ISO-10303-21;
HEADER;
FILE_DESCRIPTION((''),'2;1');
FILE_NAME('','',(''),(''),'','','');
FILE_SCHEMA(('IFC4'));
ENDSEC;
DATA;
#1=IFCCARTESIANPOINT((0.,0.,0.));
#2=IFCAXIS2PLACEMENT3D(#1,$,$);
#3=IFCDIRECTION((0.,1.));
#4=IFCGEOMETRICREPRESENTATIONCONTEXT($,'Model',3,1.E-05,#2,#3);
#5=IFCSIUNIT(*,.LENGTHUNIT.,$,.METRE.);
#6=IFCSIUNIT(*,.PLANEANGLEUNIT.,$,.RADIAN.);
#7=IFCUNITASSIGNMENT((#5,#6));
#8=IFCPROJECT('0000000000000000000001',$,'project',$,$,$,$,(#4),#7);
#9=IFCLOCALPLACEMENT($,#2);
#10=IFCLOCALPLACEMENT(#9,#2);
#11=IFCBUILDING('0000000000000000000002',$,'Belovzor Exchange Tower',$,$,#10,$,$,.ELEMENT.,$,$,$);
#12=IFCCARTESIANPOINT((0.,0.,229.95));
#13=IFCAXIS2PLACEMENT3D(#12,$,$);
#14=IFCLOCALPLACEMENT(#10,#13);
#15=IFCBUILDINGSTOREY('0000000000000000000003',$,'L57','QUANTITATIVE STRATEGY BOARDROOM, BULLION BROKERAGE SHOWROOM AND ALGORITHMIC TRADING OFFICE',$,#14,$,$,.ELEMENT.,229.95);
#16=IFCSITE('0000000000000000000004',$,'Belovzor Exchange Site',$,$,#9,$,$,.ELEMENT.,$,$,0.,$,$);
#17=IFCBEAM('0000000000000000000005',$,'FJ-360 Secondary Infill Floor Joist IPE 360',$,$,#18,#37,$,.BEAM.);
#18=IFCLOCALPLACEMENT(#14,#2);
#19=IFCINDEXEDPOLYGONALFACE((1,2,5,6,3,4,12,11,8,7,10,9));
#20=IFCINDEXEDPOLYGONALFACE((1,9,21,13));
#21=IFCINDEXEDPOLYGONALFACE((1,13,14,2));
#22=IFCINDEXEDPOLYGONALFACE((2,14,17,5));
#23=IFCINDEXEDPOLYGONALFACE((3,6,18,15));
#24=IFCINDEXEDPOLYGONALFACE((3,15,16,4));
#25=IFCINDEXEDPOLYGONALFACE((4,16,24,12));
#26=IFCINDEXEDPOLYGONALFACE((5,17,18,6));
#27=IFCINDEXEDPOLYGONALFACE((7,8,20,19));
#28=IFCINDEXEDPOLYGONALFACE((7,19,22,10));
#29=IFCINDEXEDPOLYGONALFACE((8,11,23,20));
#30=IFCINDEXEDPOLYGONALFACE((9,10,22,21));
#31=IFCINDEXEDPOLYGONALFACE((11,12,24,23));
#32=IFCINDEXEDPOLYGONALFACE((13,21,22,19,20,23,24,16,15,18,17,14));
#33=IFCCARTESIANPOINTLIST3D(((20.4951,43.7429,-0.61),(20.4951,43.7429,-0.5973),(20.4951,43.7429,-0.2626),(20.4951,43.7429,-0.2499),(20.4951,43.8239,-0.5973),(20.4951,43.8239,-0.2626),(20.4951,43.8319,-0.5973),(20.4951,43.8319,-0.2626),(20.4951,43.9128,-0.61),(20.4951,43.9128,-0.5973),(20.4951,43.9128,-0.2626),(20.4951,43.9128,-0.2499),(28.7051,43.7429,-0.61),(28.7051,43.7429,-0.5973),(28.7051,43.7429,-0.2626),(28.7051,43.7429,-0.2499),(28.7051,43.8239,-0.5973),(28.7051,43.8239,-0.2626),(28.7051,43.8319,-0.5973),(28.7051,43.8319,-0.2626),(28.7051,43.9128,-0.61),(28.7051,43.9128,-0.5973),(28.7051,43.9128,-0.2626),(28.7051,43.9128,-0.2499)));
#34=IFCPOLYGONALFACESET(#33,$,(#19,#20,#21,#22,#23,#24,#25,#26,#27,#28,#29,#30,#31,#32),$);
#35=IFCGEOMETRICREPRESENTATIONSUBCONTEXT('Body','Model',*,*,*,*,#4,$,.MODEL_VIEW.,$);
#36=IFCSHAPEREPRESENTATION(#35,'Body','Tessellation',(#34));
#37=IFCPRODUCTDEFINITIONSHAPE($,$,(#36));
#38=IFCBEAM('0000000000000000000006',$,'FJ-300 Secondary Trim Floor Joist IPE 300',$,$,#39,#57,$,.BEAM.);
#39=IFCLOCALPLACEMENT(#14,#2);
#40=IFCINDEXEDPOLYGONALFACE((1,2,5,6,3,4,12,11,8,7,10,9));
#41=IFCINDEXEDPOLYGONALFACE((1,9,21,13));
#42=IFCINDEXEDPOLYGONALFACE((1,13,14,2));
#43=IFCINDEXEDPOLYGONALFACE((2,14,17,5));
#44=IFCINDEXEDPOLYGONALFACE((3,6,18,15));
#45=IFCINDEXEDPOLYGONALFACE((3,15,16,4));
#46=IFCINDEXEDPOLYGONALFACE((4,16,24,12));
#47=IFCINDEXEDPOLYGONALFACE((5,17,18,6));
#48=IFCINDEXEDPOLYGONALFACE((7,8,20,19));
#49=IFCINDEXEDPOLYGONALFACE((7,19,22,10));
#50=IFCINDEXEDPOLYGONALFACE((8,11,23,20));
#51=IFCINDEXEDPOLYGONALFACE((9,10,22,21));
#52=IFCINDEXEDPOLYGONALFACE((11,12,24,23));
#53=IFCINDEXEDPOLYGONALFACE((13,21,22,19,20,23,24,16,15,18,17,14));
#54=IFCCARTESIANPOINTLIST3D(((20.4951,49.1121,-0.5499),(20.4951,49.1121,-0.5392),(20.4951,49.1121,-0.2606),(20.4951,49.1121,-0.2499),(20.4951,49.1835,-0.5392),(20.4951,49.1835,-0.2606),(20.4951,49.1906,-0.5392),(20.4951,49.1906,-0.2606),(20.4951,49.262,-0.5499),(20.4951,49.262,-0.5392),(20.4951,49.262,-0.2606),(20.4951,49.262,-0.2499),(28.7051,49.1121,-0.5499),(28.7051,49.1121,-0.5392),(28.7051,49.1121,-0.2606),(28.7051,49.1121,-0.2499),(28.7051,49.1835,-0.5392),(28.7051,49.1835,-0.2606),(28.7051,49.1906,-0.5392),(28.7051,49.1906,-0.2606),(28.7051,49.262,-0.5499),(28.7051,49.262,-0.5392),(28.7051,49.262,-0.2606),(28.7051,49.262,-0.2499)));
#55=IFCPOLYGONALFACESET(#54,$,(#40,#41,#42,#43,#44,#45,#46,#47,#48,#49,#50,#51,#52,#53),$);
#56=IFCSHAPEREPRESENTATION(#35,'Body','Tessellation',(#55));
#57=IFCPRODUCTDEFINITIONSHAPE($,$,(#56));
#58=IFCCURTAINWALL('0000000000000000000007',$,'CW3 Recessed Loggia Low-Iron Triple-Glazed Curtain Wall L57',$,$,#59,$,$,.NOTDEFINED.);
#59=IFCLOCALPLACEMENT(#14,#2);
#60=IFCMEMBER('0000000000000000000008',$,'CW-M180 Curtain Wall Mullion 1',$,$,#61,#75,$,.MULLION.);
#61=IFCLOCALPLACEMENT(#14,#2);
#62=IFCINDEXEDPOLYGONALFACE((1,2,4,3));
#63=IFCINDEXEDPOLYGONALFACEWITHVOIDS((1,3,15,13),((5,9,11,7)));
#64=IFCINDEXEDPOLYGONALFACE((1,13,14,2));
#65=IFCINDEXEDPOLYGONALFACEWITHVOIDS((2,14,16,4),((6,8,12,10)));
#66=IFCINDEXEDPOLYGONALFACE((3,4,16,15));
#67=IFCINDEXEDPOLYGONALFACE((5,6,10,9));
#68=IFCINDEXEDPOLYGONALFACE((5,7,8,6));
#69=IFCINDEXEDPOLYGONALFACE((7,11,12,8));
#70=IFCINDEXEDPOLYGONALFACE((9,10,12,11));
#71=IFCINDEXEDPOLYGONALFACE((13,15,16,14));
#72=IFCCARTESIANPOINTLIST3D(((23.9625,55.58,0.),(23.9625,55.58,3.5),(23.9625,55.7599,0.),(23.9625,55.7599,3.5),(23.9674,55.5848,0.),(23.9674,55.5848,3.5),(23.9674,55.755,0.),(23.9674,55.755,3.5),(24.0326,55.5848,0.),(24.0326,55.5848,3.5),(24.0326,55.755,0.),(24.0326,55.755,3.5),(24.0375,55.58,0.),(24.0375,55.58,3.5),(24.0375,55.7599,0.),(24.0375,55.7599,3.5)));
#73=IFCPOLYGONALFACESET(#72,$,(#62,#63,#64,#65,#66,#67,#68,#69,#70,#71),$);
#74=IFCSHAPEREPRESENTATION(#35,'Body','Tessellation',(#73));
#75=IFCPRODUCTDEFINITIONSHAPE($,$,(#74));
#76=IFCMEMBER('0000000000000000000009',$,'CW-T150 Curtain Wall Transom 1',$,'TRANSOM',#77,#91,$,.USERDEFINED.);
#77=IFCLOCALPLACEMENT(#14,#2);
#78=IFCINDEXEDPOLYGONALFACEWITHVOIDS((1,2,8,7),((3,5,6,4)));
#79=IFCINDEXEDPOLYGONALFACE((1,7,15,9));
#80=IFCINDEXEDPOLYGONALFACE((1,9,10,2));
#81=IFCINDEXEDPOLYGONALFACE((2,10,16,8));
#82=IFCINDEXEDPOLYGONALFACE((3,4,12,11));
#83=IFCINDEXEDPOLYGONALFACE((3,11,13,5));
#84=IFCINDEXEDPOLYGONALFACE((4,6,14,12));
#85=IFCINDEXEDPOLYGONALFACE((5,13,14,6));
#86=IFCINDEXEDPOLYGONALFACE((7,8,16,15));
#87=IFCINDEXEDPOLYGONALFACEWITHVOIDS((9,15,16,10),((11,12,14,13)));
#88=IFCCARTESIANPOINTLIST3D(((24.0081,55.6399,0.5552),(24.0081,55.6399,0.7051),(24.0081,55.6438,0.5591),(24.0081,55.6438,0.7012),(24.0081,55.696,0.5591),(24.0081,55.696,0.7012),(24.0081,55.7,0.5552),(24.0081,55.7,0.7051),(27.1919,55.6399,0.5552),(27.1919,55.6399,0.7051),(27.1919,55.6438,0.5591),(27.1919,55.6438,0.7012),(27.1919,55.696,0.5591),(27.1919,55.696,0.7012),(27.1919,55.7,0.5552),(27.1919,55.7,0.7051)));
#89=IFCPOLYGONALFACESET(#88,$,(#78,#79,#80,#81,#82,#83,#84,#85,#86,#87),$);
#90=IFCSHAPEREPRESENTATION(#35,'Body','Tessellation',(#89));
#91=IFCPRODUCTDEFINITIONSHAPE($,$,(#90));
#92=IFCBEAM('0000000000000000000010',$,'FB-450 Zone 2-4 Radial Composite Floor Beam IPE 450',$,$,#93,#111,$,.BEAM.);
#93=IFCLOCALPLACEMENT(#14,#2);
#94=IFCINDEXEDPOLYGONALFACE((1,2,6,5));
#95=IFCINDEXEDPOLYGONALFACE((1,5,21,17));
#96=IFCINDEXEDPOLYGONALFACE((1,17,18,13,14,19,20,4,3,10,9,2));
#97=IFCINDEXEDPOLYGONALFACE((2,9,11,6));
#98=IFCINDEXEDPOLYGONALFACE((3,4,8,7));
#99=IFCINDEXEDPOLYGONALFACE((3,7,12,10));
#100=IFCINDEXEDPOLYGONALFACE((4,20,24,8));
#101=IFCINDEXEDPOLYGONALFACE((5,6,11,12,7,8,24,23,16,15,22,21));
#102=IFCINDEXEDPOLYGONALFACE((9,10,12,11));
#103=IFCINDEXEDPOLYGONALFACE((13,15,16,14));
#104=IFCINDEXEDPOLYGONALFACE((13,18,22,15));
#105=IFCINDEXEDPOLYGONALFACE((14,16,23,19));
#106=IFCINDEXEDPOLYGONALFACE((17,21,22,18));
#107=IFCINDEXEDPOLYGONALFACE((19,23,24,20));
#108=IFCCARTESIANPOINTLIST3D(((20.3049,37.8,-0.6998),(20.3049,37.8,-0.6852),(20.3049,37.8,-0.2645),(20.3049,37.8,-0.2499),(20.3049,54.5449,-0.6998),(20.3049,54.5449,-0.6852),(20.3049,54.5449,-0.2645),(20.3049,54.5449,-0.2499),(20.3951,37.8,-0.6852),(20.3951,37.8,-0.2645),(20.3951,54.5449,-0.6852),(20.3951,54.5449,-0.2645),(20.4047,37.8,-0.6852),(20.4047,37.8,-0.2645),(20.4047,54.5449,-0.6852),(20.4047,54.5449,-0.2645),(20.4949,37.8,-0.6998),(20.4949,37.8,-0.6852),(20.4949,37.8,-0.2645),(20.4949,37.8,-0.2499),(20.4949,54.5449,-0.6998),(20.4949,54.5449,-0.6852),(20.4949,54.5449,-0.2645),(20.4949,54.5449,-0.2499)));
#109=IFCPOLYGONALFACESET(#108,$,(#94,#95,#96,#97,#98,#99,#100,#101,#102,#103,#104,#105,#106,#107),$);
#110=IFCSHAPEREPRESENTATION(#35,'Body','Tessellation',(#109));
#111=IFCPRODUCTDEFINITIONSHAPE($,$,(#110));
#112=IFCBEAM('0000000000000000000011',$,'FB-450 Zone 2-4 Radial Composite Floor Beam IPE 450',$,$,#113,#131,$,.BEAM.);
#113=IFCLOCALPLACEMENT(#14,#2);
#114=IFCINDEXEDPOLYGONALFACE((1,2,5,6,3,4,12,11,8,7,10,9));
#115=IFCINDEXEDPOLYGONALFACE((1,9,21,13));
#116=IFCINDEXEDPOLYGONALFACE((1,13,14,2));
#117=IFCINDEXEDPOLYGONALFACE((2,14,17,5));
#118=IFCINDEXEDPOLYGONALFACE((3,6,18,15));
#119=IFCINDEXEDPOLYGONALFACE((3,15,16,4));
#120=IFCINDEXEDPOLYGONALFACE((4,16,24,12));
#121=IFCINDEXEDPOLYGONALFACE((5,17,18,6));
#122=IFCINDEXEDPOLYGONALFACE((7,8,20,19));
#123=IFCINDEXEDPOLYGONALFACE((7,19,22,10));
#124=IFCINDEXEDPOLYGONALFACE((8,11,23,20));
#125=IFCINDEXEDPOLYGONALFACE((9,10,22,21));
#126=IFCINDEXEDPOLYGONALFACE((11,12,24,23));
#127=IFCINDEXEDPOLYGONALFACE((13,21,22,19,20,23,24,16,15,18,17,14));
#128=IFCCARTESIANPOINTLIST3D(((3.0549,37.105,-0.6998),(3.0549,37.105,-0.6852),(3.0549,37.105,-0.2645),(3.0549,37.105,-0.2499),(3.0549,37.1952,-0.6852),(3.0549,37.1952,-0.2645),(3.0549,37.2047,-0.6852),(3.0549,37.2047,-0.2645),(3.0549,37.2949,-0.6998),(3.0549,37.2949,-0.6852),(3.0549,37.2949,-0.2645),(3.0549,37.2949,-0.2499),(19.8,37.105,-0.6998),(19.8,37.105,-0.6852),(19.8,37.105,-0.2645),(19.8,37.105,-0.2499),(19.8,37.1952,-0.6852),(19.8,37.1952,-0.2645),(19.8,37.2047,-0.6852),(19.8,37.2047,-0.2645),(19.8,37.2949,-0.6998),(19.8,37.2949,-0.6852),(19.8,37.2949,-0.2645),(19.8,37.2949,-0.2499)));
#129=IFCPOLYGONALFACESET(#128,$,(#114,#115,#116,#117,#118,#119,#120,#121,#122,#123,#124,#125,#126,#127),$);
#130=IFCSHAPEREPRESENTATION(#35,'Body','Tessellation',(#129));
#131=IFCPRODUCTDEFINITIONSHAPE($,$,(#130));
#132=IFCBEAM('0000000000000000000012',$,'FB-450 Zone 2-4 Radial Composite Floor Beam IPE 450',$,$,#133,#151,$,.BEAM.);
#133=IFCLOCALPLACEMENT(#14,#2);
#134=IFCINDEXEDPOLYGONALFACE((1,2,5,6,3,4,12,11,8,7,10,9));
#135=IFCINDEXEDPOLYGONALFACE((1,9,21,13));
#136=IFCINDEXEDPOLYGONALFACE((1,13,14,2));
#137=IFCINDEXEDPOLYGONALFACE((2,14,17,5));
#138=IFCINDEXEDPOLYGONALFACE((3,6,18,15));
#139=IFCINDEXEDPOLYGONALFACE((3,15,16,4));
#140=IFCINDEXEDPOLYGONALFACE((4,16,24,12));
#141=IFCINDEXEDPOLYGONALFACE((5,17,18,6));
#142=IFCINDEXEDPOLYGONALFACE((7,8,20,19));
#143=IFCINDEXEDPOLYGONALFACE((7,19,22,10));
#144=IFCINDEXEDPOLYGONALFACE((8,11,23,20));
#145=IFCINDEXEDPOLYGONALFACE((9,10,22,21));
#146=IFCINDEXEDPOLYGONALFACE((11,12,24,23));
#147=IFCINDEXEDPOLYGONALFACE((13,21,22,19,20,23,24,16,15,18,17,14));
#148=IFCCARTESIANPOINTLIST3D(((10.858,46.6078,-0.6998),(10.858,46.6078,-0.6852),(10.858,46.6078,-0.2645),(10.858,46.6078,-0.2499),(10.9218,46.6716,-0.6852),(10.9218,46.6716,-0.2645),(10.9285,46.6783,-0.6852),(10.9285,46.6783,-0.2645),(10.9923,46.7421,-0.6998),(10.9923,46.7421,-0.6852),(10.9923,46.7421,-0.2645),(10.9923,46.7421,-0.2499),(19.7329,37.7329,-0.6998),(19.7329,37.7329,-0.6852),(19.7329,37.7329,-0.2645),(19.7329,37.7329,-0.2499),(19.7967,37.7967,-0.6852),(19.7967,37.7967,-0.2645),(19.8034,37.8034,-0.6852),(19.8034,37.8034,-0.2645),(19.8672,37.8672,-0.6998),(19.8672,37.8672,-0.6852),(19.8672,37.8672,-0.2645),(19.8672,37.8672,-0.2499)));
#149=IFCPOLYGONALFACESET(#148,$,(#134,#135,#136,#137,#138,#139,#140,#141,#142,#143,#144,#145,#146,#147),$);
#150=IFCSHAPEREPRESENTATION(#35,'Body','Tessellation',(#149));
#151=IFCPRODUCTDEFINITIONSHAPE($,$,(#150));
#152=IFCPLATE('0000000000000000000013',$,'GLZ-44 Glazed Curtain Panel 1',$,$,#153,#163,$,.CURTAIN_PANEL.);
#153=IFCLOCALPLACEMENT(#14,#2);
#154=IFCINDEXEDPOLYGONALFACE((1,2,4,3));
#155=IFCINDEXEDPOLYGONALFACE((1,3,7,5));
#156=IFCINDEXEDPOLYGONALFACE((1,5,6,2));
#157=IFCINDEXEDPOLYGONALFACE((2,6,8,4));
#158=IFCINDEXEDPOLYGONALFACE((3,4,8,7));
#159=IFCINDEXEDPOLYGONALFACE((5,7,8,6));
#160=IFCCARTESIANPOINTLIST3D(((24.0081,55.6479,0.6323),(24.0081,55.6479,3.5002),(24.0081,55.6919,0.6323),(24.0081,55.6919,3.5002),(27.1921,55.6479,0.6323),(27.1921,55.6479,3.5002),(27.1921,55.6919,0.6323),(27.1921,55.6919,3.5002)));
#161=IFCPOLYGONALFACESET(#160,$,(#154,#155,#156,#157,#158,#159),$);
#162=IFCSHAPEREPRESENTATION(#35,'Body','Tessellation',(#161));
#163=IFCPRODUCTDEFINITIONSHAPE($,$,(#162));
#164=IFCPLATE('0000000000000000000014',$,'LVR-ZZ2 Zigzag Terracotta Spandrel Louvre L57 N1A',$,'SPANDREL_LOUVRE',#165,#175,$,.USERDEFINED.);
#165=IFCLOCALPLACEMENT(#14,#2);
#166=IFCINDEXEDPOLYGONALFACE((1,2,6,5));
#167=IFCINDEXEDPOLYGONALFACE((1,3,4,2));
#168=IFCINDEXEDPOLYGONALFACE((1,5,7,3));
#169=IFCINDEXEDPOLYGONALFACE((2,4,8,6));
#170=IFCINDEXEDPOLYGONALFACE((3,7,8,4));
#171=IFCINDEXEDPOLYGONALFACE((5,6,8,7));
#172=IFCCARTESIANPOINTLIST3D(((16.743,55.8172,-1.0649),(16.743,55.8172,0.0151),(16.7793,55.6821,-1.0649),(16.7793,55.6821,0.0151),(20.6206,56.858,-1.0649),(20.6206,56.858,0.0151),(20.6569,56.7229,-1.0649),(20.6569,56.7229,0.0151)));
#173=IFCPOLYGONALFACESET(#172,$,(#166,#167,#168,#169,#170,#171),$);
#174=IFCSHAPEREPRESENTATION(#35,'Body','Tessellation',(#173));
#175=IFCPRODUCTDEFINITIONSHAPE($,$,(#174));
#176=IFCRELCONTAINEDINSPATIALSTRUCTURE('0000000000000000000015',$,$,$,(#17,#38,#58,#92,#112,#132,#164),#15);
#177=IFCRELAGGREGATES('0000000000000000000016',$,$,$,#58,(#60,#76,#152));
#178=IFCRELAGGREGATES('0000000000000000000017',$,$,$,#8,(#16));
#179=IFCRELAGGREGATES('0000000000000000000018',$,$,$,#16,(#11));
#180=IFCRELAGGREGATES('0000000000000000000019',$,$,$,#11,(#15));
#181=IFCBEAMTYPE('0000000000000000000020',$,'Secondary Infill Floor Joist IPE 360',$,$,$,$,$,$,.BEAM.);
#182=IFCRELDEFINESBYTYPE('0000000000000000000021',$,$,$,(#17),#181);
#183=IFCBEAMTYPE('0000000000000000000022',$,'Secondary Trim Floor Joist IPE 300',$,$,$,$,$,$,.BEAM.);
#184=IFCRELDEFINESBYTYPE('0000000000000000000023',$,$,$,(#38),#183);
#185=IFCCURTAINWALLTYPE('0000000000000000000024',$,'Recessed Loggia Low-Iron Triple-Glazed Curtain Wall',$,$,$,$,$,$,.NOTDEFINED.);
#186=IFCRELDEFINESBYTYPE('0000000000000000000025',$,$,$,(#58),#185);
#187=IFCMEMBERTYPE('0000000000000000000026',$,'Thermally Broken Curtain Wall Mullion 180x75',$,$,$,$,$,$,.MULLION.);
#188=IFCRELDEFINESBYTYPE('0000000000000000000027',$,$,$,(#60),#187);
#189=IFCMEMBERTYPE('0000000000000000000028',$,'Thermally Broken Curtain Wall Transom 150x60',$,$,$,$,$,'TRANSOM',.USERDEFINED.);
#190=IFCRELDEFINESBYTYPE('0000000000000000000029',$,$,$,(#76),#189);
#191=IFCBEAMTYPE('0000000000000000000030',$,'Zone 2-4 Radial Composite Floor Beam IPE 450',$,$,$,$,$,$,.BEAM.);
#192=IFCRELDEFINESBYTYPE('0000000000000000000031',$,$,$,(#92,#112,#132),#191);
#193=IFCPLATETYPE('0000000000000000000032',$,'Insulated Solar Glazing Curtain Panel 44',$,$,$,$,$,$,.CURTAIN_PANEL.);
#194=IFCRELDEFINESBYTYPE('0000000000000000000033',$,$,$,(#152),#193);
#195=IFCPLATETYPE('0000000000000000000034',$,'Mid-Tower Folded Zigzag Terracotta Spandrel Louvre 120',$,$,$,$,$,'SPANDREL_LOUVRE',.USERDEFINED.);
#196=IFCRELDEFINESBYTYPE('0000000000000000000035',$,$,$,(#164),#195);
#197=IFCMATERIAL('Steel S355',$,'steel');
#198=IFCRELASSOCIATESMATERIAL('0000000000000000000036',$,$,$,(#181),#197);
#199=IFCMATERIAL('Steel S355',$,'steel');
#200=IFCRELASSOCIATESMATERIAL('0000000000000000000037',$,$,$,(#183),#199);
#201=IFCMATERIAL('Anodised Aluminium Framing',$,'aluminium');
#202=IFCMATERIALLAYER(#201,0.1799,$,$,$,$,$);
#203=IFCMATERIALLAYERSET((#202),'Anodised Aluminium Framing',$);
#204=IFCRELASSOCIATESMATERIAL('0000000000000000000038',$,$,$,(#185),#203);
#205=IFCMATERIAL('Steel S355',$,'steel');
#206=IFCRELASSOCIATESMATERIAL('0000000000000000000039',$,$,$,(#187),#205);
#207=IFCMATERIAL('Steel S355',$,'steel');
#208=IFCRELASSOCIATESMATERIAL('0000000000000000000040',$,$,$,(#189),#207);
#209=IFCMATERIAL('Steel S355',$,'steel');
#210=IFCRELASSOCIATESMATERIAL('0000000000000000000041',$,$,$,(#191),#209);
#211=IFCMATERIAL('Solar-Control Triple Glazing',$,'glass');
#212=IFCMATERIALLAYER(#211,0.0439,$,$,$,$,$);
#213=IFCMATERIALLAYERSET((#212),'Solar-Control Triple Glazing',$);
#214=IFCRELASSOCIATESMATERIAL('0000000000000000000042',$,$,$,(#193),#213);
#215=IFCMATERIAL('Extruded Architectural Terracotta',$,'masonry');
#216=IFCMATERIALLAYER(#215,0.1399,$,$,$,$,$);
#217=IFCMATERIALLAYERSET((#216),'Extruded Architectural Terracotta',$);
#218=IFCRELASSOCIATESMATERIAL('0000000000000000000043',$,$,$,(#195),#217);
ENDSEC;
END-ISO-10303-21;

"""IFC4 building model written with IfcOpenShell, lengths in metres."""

from ifc_helpers import new_model, si_unit, direction, frame, origin, origin_2d, place, context, subcontext, project, spatial, rectangle, hollow_rectangle, i_section, extrude, material, layer, layer_set, material_profile, profile_set, type_object, element, aggregate, save


model = new_model("IFC4")

# Units and contexts
model_context = context("Model", 3, precision=1e-05, world=origin(), true_north=direction((0.0, 1.0)))
body_context = subcontext(model_context, "Body", "Model", "MODEL_VIEW")
ifc_project = project(units=[si_unit("LENGTHUNIT", "METRE"), si_unit("PLANEANGLEUNIT", "RADIAN")], contexts=[model_context])

# Site, building, storey
site_placement = place(None, origin())
site = spatial("IfcSite", under=ifc_project, at=site_placement, Name="Belovzor Exchange Site", CompositionType="ELEMENT", RefElevation=0.0)
building_placement = place(site_placement, origin())
building = spatial("IfcBuilding", under=site, at=building_placement, Name="Belovzor Exchange Tower", CompositionType="ELEMENT")
storey_placement = place(building_placement, frame((0.0, 0.0, 229.95)))
storey = spatial("IfcBuildingStorey", under=building, at=storey_placement, Name="L57", Description="QUANTITATIVE STRATEGY BOARDROOM, BULLION BROKERAGE SHOWROOM AND ALGORITHMIC TRADING OFFICE", CompositionType="ELEMENT", Elevation=229.95)

# Beams
ifc_material_1 = material(Name="Steel S355", Category="steel")
ifc_material_profile_1 = material_profile(ifc_material_1, i_section(OverallWidth=0.1699, OverallDepth=0.3601, WebThickness=0.0081, FlangeThickness=0.0127, at=origin_2d()))
ifc_profile_set_1 = profile_set([ifc_material_profile_1], Name="Steel S355")
beam_type_1 = type_object("IfcBeamType", Name="Secondary Infill Floor Joist IPE 360", PredefinedType="BEAM", material=ifc_profile_set_1)
beam_1_placement = place(storey_placement, frame((20.4951, 43.8279, -0.4299), z_axis=(1.0, 0.0, 0.0), x_axis=(0.0, 1.0, 0.0)))
element("IfcBeam", 1, at=beam_1_placement, inside=storey, type_object=beam_type_1, Name="FJ-360 Secondary Infill Floor Joist IPE 360", PredefinedType="BEAM", context=body_context, shape_type="SweptSolid", body=[
    extrude(i_section(OverallWidth=0.1699, OverallDepth=0.3601, WebThickness=0.0081, FlangeThickness=0.0127, at=origin_2d()), origin(), (0.0, 0.0, 1.0), 8.21),
])
ifc_material_2 = material(Name="Steel S355", Category="steel")
ifc_material_profile_2 = material_profile(ifc_material_2, i_section(OverallWidth=0.1499, OverallDepth=0.3, WebThickness=0.0071, FlangeThickness=0.0107, at=origin_2d()))
ifc_profile_set_2 = profile_set([ifc_material_profile_2], Name="Steel S355")
beam_type_2 = type_object("IfcBeamType", Name="Secondary Trim Floor Joist IPE 300", PredefinedType="BEAM", material=ifc_profile_set_2)
beam_2_placement = place(storey_placement, frame((20.4951, 49.187, -0.3999), z_axis=(1.0, 0.0, 0.0), x_axis=(0.0, 1.0, 0.0)))
element("IfcBeam", 2, at=beam_2_placement, inside=storey, type_object=beam_type_2, Name="FJ-300 Secondary Trim Floor Joist IPE 300", PredefinedType="BEAM", context=body_context, shape_type="SweptSolid", body=[
    extrude(i_section(OverallWidth=0.1499, OverallDepth=0.3, WebThickness=0.0071, FlangeThickness=0.0107, at=origin_2d()), origin(), (0.0, 0.0, 1.0), 8.21),
])

# Curtain wall, members
ifc_material_3 = material(Name="Anodised Aluminium Framing", Category="aluminium")
ifc_layer_1 = layer(ifc_material_3, 0.1799)
ifc_layer_set_1 = layer_set([ifc_layer_1], Name="Anodised Aluminium Framing")
curtain_wall_type = type_object("IfcCurtainWallType", Name="Recessed Loggia Low-Iron Triple-Glazed Curtain Wall", PredefinedType="NOTDEFINED", material=ifc_layer_set_1)
curtain_wall_placement = place(storey_placement, origin())
curtain_wall = element("IfcCurtainWall", 3, at=curtain_wall_placement, inside=storey, type_object=curtain_wall_type, Name="CW3 Recessed Loggia Low-Iron Triple-Glazed Curtain Wall L57", PredefinedType="NOTDEFINED")
ifc_material_4 = material(Name="Steel S355", Category="steel")
ifc_material_profile_3 = material_profile(ifc_material_4, hollow_rectangle(XDim=0.075, YDim=0.1799, WallThickness=0.0049, at=origin_2d()))
ifc_profile_set_3 = profile_set([ifc_material_profile_3], Name="Steel S355")
member_type_1 = type_object("IfcMemberType", Name="Thermally Broken Curtain Wall Mullion 180x75", PredefinedType="MULLION", material=ifc_profile_set_3)
member_1_placement = place(storey_placement, frame((24.0, 55.6699, 0.0), z_axis=(0.0, 0.0, 1.0), x_axis=(1.0, 0.0, 0.0)))
member_1 = element("IfcMember", 4, at=member_1_placement, type_object=member_type_1, Name="CW-M180 Curtain Wall Mullion 1", PredefinedType="MULLION", context=body_context, shape_type="SweptSolid", body=[
    extrude(hollow_rectangle(XDim=0.075, YDim=0.1799, WallThickness=0.0049, at=origin_2d()), origin(), (0.0, 0.0, 1.0), 3.5),
])
ifc_material_5 = material(Name="Steel S355", Category="steel")
ifc_material_profile_4 = material_profile(ifc_material_5, hollow_rectangle(XDim=0.0601, YDim=0.1499, WallThickness=0.0039, at=origin_2d()))
ifc_profile_set_4 = profile_set([ifc_material_profile_4], Name="Steel S355")
member_type_2 = type_object("IfcMemberType", Name="Thermally Broken Curtain Wall Transom 150x60", ElementType="TRANSOM", PredefinedType="USERDEFINED", material=ifc_profile_set_4)
member_2_placement = place(storey_placement, frame((24.0081, 55.6699, 0.6301), z_axis=(1.0, 0.0, 0.0), x_axis=(0.0, 1.0, 0.0)))
member_2 = element("IfcMember", 5, at=member_2_placement, type_object=member_type_2, Name="CW-T150 Curtain Wall Transom 1", ObjectType="TRANSOM", PredefinedType="USERDEFINED", context=body_context, shape_type="SweptSolid", body=[
    extrude(hollow_rectangle(XDim=0.0601, YDim=0.1499, WallThickness=0.0039, at=origin_2d()), origin(), (0.0, 0.0, 1.0), 3.1838),
])

# Beams
ifc_material_6 = material(Name="Steel S355", Category="steel")
ifc_material_profile_5 = material_profile(ifc_material_6, i_section(OverallWidth=0.1899, OverallDepth=0.45, WebThickness=0.0095, FlangeThickness=0.0146, at=origin_2d()))
ifc_profile_set_5 = profile_set([ifc_material_profile_5], Name="Steel S355")
beam_type_3 = type_object("IfcBeamType", Name="Zone 2-4 Radial Composite Floor Beam IPE 450", PredefinedType="BEAM", material=ifc_profile_set_5)
beam_3_placement = place(storey_placement, frame((20.3999, 37.8, -0.4749), z_axis=(0.0, 1.0, 0.0), x_axis=(-1.0, 0.0, 0.0)))
element("IfcBeam", 6, at=beam_3_placement, inside=storey, type_object=beam_type_3, Name="FB-450 Zone 2-4 Radial Composite Floor Beam IPE 450", PredefinedType="BEAM", context=body_context, shape_type="SweptSolid", body=[
    extrude(i_section(OverallWidth=0.1899, OverallDepth=0.45, WebThickness=0.0095, FlangeThickness=0.0146, at=origin_2d()), origin(), (0.0, 0.0, 1.0), 16.7449),
])
beam_4_placement = place(storey_placement, frame((19.8, 37.2, -0.4749), z_axis=(-1.0, 0.0, 0.0), x_axis=(0.0, -1.0, 0.0)))
element("IfcBeam", 7, at=beam_4_placement, inside=storey, type_object=beam_type_3, Name="FB-450 Zone 2-4 Radial Composite Floor Beam IPE 450", PredefinedType="BEAM", context=body_context, shape_type="SweptSolid", body=[
    extrude(i_section(OverallWidth=0.1899, OverallDepth=0.45, WebThickness=0.0095, FlangeThickness=0.0146, at=origin_2d()), origin(), (0.0, 0.0, 1.0), 16.7451),
])
beam_5_placement = place(storey_placement, frame((19.8, 37.8, -0.4749), z_axis=(-0.707107, 0.707107, 0.0), x_axis=(-0.707107, -0.707107, 0.0)))
element("IfcBeam", 8, at=beam_5_placement, inside=storey, type_object=beam_type_3, Name="FB-450 Zone 2-4 Radial Composite Floor Beam IPE 450", PredefinedType="BEAM", context=body_context, shape_type="SweptSolid", body=[
    extrude(i_section(OverallWidth=0.1899, OverallDepth=0.45, WebThickness=0.0095, FlangeThickness=0.0146, at=origin_2d()), origin(), (0.0, 0.0, 1.0), 12.551),
])

# Plate
ifc_material_7 = material(Name="Solar-Control Triple Glazing", Category="glass")
ifc_layer_2 = layer(ifc_material_7, 0.0439)
ifc_layer_set_2 = layer_set([ifc_layer_2], Name="Solar-Control Triple Glazing")
plate_type_1 = type_object("IfcPlateType", Name="Insulated Solar Glazing Curtain Panel 44", PredefinedType="CURTAIN_PANEL", material=ifc_layer_set_2)
plate_1_placement = place(storey_placement, frame((25.6001, 55.6699, 0.6323), z_axis=(0.0, 0.0, 1.0), x_axis=(1.0, 0.0, 0.0)))
plate_1 = element("IfcPlate", 9, at=plate_1_placement, type_object=plate_type_1, Name="GLZ-44 Glazed Curtain Panel 1", PredefinedType="CURTAIN_PANEL", context=body_context, shape_type="SweptSolid", body=[
    extrude(rectangle(XDim=3.1841, YDim=0.0439, at=origin_2d()), origin(), (0.0, 0.0, 1.0), 2.8679),
])

# Plate
ifc_material_8 = material(Name="Extruded Architectural Terracotta", Category="masonry")
ifc_layer_3 = layer(ifc_material_8, 0.1399)
ifc_layer_set_3 = layer_set([ifc_layer_3], Name="Extruded Architectural Terracotta")
plate_type_2 = type_object("IfcPlateType", Name="Mid-Tower Folded Zigzag Terracotta Spandrel Louvre 120", ElementType="SPANDREL_LOUVRE", PredefinedType="USERDEFINED", material=ifc_layer_set_3)
for number, where, z_axis, x_axis, name in (
    (10, (18.7, 56.27, -1.0649), (0.0, 0.0, 1.0), (0.965813, 0.25924, 0.0), "LVR-ZZ2 Zigzag Terracotta Spandrel Louvre L57 N1A"),
):
    element("IfcPlate", number, at=place(storey_placement, frame(where, z_axis=z_axis, x_axis=x_axis)), inside=storey, type_object=plate_type_2, Name=name, ObjectType="SPANDREL_LOUVRE", PredefinedType="USERDEFINED", context=body_context, shape_type="SweptSolid", body=[
        extrude(rectangle(XDim=4.0149, YDim=0.1399, at=origin_2d()), origin(), (0.0, 0.0, 1.0), 1.0801),
    ])

aggregate(curtain_wall, [member_1, member_2, plate_1])

save(model, "model.ifc")
